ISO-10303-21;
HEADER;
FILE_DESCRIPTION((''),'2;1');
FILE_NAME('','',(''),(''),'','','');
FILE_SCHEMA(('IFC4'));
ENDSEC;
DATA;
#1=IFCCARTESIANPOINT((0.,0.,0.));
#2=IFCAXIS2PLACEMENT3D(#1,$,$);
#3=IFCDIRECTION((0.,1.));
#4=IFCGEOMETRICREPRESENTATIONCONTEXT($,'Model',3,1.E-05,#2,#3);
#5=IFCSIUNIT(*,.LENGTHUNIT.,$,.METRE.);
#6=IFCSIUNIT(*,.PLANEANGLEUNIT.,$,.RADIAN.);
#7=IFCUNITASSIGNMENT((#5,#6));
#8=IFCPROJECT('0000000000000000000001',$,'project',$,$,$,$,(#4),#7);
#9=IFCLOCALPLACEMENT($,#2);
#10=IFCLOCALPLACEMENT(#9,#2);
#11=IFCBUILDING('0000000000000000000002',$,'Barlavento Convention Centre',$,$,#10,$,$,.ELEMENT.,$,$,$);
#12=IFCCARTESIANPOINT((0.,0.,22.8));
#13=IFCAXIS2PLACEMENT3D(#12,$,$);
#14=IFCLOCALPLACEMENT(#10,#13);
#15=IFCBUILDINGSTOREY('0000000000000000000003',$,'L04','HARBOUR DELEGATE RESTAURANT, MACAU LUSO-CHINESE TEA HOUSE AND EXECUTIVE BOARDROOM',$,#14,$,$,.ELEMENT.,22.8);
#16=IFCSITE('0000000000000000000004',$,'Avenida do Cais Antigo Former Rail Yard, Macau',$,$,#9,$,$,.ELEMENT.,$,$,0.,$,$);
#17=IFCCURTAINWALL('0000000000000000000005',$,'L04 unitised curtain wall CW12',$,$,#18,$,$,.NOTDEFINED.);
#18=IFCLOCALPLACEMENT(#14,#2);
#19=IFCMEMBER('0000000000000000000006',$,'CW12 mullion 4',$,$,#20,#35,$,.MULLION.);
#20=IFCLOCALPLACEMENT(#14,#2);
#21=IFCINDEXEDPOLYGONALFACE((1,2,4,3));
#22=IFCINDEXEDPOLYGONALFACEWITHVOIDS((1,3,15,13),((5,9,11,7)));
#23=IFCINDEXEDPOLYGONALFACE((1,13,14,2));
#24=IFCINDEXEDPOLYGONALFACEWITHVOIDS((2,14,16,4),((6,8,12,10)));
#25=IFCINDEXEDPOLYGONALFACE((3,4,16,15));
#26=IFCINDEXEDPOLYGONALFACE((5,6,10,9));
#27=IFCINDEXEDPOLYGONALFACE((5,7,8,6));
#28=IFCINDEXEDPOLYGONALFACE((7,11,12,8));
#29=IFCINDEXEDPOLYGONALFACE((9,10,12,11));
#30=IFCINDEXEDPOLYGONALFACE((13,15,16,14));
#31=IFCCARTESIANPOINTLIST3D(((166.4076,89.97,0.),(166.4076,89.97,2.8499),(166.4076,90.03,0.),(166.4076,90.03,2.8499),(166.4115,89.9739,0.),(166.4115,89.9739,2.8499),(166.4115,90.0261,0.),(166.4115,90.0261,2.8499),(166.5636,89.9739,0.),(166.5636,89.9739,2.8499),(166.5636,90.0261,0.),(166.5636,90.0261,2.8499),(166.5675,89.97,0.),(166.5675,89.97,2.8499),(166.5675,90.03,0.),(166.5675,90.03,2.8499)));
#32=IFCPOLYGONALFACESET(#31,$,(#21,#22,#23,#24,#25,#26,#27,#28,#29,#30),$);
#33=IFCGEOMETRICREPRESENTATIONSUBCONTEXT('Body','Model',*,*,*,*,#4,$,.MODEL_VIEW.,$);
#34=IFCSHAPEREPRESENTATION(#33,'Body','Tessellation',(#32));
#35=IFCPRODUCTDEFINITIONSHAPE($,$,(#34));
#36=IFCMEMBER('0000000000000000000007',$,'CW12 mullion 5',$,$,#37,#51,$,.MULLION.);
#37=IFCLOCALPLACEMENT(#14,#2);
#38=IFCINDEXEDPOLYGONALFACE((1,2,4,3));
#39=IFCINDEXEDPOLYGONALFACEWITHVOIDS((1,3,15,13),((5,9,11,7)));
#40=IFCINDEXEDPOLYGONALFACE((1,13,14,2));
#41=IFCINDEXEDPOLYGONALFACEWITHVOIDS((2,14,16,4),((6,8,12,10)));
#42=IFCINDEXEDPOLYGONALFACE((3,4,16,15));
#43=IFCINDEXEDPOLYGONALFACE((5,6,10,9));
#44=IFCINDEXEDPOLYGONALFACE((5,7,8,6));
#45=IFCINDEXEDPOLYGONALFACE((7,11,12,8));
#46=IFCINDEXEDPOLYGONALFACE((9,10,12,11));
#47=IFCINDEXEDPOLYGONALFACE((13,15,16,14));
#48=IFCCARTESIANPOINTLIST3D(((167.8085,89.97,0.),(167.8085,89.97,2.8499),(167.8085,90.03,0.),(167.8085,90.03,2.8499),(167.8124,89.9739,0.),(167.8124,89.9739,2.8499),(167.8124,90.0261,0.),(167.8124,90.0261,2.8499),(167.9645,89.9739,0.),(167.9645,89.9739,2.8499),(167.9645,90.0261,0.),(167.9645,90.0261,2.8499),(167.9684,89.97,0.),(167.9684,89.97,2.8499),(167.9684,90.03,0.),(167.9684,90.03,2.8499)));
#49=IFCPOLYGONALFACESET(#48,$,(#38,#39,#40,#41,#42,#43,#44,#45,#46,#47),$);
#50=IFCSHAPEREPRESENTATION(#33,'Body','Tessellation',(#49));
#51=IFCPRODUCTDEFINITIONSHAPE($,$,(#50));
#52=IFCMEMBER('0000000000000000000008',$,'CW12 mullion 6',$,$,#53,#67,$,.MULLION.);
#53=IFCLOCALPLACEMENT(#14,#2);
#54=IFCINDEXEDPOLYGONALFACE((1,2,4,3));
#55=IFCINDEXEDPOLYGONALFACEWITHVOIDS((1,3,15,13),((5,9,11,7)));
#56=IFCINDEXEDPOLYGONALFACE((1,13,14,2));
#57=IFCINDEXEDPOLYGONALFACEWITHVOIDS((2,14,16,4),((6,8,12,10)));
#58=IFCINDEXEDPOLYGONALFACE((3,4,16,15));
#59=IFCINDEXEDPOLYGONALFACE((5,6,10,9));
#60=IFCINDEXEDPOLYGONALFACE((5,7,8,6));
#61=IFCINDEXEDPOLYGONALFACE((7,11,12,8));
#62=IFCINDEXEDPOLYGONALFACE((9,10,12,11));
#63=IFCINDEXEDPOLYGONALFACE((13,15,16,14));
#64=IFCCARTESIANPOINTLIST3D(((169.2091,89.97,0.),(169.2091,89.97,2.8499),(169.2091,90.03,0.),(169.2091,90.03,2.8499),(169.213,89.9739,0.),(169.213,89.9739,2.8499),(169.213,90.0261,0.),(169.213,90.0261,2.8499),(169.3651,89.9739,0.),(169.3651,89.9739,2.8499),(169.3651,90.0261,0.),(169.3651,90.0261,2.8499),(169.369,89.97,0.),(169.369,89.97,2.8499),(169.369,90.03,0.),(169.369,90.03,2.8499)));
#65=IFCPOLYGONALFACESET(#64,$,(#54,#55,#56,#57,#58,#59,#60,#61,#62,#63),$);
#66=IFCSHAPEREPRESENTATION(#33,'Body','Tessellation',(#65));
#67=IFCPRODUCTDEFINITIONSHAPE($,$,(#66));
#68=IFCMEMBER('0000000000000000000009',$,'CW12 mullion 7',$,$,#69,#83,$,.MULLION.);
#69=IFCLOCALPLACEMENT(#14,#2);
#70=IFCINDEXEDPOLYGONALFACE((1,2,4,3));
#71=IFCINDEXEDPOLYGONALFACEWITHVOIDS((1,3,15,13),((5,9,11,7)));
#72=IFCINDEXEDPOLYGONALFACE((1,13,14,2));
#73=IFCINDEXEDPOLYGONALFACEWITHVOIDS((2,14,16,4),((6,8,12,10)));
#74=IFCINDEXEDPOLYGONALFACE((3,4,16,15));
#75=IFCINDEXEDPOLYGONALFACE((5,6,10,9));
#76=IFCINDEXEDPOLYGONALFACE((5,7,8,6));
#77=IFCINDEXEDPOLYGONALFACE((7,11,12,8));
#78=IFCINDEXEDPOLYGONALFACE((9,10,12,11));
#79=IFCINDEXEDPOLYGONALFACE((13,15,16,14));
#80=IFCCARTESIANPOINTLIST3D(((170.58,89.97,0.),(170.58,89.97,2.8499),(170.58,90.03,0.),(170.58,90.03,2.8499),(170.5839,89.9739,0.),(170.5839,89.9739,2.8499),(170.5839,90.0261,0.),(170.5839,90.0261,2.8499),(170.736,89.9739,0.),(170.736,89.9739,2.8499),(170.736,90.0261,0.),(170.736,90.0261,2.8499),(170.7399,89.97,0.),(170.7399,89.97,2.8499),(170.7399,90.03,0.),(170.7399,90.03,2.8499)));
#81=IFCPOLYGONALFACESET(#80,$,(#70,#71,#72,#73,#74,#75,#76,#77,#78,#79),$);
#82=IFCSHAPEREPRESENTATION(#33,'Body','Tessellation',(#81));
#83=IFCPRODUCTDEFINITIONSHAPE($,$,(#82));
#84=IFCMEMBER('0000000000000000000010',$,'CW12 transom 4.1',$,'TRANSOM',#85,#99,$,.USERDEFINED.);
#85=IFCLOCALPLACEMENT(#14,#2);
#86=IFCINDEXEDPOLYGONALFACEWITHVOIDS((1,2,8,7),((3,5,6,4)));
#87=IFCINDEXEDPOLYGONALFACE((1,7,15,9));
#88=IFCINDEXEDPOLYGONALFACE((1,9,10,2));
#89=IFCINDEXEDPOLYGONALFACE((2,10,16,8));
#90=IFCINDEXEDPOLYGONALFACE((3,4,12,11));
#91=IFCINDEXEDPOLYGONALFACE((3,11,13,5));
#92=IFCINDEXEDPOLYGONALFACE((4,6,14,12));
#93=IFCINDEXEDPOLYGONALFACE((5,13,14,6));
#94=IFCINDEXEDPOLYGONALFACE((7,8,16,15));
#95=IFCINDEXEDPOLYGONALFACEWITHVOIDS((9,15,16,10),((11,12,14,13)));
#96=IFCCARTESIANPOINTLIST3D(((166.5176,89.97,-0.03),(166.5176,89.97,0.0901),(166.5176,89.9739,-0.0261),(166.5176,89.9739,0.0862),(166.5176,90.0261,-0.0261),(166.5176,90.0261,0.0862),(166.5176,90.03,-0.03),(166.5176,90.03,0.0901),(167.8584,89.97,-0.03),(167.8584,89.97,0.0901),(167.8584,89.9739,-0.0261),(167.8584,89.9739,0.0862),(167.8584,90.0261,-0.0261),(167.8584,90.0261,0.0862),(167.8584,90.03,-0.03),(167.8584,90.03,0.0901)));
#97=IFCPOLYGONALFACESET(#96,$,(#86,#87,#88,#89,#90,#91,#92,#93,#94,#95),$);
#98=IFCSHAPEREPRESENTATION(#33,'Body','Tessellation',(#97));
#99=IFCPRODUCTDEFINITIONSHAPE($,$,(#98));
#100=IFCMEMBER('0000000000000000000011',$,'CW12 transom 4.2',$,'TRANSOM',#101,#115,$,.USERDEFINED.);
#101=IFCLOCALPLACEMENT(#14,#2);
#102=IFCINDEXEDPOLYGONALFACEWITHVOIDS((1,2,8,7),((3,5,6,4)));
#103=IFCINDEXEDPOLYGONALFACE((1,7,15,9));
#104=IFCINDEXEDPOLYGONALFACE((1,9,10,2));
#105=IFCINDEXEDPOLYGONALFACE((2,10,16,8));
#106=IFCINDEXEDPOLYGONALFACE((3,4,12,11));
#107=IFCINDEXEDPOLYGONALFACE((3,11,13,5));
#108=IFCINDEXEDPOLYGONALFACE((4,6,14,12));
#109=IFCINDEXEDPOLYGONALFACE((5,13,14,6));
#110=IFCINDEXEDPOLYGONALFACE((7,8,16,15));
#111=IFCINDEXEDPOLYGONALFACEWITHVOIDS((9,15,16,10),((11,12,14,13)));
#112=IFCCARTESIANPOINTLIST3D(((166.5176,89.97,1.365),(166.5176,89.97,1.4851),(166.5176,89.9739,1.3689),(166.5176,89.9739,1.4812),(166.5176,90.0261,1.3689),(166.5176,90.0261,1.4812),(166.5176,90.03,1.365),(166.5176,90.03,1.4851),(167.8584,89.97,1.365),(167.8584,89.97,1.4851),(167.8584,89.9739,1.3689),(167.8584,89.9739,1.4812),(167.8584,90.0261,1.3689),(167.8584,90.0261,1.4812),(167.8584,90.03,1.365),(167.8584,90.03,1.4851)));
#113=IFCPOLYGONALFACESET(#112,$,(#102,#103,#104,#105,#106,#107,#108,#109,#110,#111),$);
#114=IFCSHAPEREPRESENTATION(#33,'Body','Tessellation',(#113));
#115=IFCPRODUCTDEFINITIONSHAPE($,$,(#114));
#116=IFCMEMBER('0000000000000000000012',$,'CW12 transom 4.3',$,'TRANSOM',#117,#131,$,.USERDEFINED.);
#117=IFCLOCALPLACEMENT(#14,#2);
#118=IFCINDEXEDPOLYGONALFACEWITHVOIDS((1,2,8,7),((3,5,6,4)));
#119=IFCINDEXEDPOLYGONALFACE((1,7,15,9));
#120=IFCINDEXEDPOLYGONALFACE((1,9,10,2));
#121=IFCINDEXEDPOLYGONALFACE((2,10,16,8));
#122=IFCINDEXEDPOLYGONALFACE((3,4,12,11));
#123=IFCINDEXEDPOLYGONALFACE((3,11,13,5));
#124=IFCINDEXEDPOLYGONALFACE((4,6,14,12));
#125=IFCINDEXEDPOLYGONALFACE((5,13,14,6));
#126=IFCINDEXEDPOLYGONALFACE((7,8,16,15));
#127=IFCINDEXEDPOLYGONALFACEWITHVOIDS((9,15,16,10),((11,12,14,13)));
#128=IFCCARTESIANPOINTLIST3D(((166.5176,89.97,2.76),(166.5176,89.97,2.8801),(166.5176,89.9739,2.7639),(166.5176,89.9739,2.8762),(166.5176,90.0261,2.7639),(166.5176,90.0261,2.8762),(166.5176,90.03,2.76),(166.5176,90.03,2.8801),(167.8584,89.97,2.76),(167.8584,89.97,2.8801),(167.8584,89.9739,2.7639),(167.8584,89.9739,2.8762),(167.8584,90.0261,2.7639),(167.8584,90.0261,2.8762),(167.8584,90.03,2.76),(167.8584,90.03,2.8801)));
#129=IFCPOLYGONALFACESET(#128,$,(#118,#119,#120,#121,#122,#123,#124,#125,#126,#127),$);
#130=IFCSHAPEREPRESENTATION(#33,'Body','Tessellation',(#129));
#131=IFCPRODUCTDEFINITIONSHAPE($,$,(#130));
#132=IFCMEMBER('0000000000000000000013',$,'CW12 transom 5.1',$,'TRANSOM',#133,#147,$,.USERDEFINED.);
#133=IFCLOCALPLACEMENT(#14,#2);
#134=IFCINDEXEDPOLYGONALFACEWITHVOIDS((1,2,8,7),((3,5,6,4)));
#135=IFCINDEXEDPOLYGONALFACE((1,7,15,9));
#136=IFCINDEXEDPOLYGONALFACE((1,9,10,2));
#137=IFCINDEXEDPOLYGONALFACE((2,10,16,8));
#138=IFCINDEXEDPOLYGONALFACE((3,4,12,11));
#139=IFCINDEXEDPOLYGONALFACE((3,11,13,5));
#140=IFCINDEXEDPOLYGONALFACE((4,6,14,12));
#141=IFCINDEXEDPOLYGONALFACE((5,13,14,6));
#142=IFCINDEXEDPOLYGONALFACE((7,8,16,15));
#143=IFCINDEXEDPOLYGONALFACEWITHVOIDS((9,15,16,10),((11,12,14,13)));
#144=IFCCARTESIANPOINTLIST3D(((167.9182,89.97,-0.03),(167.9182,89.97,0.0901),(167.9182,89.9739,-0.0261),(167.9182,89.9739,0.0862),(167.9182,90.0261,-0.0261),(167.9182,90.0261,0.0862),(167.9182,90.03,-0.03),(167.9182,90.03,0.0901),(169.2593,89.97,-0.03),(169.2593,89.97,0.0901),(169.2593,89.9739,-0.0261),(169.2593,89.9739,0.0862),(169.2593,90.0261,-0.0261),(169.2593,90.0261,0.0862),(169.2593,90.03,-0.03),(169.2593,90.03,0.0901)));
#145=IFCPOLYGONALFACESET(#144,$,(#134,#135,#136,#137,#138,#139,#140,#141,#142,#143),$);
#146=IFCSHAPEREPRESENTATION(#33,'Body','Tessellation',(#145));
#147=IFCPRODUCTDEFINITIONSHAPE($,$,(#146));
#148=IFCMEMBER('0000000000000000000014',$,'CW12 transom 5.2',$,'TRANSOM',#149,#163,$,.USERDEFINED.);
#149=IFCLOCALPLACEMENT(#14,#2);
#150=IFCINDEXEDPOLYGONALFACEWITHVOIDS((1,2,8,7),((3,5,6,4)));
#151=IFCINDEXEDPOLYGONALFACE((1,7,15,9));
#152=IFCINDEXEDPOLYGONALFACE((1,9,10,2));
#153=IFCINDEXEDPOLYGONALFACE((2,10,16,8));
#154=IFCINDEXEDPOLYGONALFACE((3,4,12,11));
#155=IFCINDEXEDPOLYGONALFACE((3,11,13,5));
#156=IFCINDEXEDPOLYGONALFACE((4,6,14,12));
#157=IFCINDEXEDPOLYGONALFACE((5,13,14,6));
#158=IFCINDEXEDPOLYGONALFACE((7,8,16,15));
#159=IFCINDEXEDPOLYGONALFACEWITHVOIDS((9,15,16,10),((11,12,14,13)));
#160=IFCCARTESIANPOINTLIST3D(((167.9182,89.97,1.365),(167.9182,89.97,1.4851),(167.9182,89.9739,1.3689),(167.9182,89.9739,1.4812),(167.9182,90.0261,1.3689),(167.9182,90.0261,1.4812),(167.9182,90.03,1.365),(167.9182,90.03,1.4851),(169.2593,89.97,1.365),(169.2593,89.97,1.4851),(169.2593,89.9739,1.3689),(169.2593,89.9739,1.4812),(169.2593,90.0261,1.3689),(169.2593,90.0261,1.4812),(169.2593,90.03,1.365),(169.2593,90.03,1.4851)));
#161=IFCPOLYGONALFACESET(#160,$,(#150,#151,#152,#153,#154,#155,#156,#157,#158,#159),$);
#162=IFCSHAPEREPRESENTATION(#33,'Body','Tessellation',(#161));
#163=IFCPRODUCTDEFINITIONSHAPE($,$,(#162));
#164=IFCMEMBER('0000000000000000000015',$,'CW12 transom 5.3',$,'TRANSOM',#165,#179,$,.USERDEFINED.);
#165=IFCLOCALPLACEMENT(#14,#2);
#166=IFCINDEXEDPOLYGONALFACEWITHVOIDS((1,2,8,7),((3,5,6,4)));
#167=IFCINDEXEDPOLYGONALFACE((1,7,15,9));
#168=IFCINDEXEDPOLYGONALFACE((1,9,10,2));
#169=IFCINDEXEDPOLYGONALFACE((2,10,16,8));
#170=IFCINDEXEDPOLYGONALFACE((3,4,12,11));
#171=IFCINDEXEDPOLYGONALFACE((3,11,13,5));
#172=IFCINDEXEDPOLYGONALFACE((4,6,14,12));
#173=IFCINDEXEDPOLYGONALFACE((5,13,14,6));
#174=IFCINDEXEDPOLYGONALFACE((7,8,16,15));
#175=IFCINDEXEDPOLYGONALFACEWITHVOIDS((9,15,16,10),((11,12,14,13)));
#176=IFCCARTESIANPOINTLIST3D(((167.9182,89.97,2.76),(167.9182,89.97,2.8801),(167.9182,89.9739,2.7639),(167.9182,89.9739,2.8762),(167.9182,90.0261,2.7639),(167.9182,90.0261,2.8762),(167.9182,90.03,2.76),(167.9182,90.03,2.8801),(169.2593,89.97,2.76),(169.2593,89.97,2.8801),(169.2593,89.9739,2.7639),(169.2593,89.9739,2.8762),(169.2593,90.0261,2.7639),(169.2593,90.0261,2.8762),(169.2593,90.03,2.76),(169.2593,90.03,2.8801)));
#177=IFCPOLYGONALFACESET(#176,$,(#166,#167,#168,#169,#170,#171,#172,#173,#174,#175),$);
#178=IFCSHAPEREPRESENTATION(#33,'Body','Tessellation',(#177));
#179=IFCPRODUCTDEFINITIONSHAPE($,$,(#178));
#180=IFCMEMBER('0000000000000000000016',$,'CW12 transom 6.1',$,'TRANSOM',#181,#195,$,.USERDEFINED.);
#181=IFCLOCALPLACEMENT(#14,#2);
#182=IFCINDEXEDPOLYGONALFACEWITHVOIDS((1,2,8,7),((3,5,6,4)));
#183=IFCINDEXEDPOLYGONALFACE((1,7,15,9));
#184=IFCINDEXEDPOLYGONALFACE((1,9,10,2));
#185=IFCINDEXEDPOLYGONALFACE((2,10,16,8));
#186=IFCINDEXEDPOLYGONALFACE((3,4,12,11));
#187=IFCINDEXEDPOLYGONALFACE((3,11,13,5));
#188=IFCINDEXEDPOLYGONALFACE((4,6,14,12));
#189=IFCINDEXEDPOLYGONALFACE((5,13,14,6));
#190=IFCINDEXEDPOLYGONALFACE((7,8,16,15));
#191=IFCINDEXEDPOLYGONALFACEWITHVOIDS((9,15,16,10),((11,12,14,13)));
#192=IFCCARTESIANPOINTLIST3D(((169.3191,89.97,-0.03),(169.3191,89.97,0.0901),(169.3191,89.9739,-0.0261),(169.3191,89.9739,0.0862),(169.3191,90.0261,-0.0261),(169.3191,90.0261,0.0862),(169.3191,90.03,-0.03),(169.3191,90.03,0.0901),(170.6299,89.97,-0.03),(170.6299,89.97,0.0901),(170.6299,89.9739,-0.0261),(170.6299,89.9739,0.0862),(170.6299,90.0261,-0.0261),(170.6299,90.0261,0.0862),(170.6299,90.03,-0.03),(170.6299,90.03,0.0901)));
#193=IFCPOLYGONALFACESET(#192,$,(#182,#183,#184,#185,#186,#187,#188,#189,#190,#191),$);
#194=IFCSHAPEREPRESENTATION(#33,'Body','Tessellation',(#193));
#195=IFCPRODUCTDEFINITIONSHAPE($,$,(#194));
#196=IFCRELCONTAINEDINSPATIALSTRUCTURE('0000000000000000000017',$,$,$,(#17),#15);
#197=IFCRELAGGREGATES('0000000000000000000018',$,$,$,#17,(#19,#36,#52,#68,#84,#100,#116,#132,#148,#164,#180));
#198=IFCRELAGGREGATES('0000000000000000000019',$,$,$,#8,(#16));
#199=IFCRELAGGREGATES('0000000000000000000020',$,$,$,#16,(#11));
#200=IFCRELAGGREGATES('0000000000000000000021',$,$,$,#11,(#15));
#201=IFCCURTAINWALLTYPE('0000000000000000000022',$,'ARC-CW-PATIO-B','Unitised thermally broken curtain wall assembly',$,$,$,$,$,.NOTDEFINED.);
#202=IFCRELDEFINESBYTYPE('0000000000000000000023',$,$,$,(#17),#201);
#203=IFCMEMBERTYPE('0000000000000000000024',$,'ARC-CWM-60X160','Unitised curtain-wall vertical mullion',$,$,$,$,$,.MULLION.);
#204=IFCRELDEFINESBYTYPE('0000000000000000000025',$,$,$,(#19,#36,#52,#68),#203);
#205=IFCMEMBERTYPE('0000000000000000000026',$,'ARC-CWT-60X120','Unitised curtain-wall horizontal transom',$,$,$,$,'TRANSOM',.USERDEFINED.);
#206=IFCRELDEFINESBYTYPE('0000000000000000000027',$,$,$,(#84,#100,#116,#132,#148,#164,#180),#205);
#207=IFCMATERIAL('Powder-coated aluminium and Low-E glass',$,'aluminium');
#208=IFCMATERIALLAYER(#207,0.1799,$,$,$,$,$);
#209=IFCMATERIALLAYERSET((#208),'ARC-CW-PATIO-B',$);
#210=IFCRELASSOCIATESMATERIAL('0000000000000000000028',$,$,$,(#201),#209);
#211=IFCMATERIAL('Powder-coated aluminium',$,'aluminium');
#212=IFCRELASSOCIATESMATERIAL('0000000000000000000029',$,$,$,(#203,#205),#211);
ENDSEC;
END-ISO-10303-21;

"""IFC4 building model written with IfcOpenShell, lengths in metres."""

from ifc_helpers import new_model, si_unit, direction, frame, origin, origin_2d, place, context, subcontext, project, spatial, hollow_rectangle, extrude, material, layer, layer_set, material_profile, profile_set, type_object, element, aggregate, save


model = new_model("IFC4")

# Units and contexts
model_context = context("Model", 3, precision=1e-05, world=origin(), true_north=direction((0.0, 1.0)))
body_context = subcontext(model_context, "Body", "Model", "MODEL_VIEW")
ifc_project = project(units=[si_unit("LENGTHUNIT", "METRE"), si_unit("PLANEANGLEUNIT", "RADIAN")], contexts=[model_context])

# Site, building, storey
site_placement = place(None, origin())
site = spatial("IfcSite", under=ifc_project, at=site_placement, Name="Avenida do Cais Antigo Former Rail Yard, Macau", CompositionType="ELEMENT", RefElevation=0.0)
building_placement = place(site_placement, origin())
building = spatial("IfcBuilding", under=site, at=building_placement, Name="Barlavento Convention Centre", CompositionType="ELEMENT")
storey_placement = place(building_placement, frame((0.0, 0.0, 22.8)))
storey = spatial("IfcBuildingStorey", under=building, at=storey_placement, Name="L04", Description="HARBOUR DELEGATE RESTAURANT, MACAU LUSO-CHINESE TEA HOUSE AND EXECUTIVE BOARDROOM", CompositionType="ELEMENT", Elevation=22.8)

# Curtain wall, members
ifc_material_1 = material(Name="Powder-coated aluminium and Low-E glass", Category="aluminium")
ifc_layer_1 = layer(ifc_material_1, 0.1799)
ifc_layer_set_1 = layer_set([ifc_layer_1], Name="ARC-CW-PATIO-B")
curtain_wall_type = type_object("IfcCurtainWallType", Name="ARC-CW-PATIO-B", Description="Unitised thermally broken curtain wall assembly", PredefinedType="NOTDEFINED", material=ifc_layer_set_1)
curtain_wall_placement = place(storey_placement, origin())
curtain_wall = element("IfcCurtainWall", 1, at=curtain_wall_placement, inside=storey, type_object=curtain_wall_type, Name="L04 unitised curtain wall CW12", PredefinedType="NOTDEFINED")
ifc_material_2 = material(Name="Powder-coated aluminium", Category="aluminium")
ifc_material_profile_1 = material_profile(ifc_material_2, hollow_rectangle(XDim=0.0601, YDim=0.1599, WallThickness=0.0039, at=origin_2d()), Name="AL-MULL 60x160x4")
ifc_profile_set_1 = profile_set([ifc_material_profile_1], Name="Powder-coated aluminium")
member_type_1 = type_object("IfcMemberType", Name="ARC-CWM-60X160", Description="Unitised curtain-wall vertical mullion", PredefinedType="MULLION", material=ifc_profile_set_1)
member_1_placement = place(storey_placement, frame((166.4875, 90.0, 0.0), z_axis=(0.0, 0.0, 1.0), x_axis=(0.0, 1.0, 0.0)))
member_1 = element("IfcMember", 2, at=member_1_placement, type_object=member_type_1, Name="CW12 mullion 4", PredefinedType="MULLION", context=body_context, shape_type="SweptSolid", body=[
    extrude(hollow_rectangle(XDim=0.0601, YDim=0.1599, WallThickness=0.0039, at=origin_2d()), origin(), (0.0, 0.0, 1.0), 2.8499),
])
member_2_placement = place(storey_placement, frame((167.8884, 90.0, 0.0), z_axis=(0.0, 0.0, 1.0), x_axis=(0.0, 1.0, 0.0)))
member_2 = element("IfcMember", 3, at=member_2_placement, type_object=member_type_1, Name="CW12 mullion 5", PredefinedType="MULLION", context=body_context, shape_type="SweptSolid", body=[
    extrude(hollow_rectangle(XDim=0.0601, YDim=0.1599, WallThickness=0.0039, at=origin_2d()), origin(), (0.0, 0.0, 1.0), 2.8499),
])
member_3_placement = place(storey_placement, frame((169.2891, 90.0, 0.0), z_axis=(0.0, 0.0, 1.0), x_axis=(0.0, 1.0, 0.0)))
member_3 = element("IfcMember", 4, at=member_3_placement, type_object=member_type_1, Name="CW12 mullion 6", PredefinedType="MULLION", context=body_context, shape_type="SweptSolid", body=[
    extrude(hollow_rectangle(XDim=0.0601, YDim=0.1599, WallThickness=0.0039, at=origin_2d()), origin(), (0.0, 0.0, 1.0), 2.8499),
])
member_4_placement = place(storey_placement, frame((170.6599, 90.0, 0.0), z_axis=(0.0, 0.0, 1.0), x_axis=(0.0, 1.0, 0.0)))
member_4 = element("IfcMember", 5, at=member_4_placement, type_object=member_type_1, Name="CW12 mullion 7", PredefinedType="MULLION", context=body_context, shape_type="SweptSolid", body=[
    extrude(hollow_rectangle(XDim=0.0601, YDim=0.1599, WallThickness=0.0039, at=origin_2d()), origin(), (0.0, 0.0, 1.0), 2.8499),
])
ifc_material_profile_2 = material_profile(ifc_material_2, hollow_rectangle(XDim=0.0601, YDim=0.1201, WallThickness=0.0039, at=origin_2d()), Name="AL-TRAN 60x120x4")
ifc_profile_set_2 = profile_set([ifc_material_profile_2], Name="Powder-coated aluminium")
member_type_2 = type_object("IfcMemberType", Name="ARC-CWT-60X120", Description="Unitised curtain-wall horizontal transom", ElementType="TRANSOM", PredefinedType="USERDEFINED", material=ifc_profile_set_2)
member_5_placement = place(storey_placement, frame((166.5176, 90.0, 0.03), z_axis=(1.0, 0.0, 0.0), x_axis=(0.0, 1.0, 0.0)))
member_5 = element("IfcMember", 6, at=member_5_placement, type_object=member_type_2, Name="CW12 transom 4.1", ObjectType="TRANSOM", PredefinedType="USERDEFINED", context=body_context, shape_type="SweptSolid", body=[
    extrude(hollow_rectangle(XDim=0.0601, YDim=0.1201, WallThickness=0.0039, at=origin_2d()), origin(), (0.0, 0.0, 1.0), 1.3408),
])
member_6_placement = place(storey_placement, frame((166.5176, 90.0, 1.425), z_axis=(1.0, 0.0, 0.0), x_axis=(0.0, 1.0, 0.0)))
member_6 = element("IfcMember", 7, at=member_6_placement, type_object=member_type_2, Name="CW12 transom 4.2", ObjectType="TRANSOM", PredefinedType="USERDEFINED", context=body_context, shape_type="SweptSolid", body=[
    extrude(hollow_rectangle(XDim=0.0601, YDim=0.1201, WallThickness=0.0039, at=origin_2d()), origin(), (0.0, 0.0, 1.0), 1.3408),
])
member_7_placement = place(storey_placement, frame((166.5176, 90.0, 2.8201), z_axis=(1.0, 0.0, 0.0), x_axis=(0.0, 1.0, 0.0)))
member_7 = element("IfcMember", 8, at=member_7_placement, type_object=member_type_2, Name="CW12 transom 4.3", ObjectType="TRANSOM", PredefinedType="USERDEFINED", context=body_context, shape_type="SweptSolid", body=[
    extrude(hollow_rectangle(XDim=0.0601, YDim=0.1201, WallThickness=0.0039, at=origin_2d()), origin(), (0.0, 0.0, 1.0), 1.3408),
])
member_8_placement = place(storey_placement, frame((167.9182, 90.0, 0.03), z_axis=(1.0, 0.0, 0.0), x_axis=(0.0, 1.0, 0.0)))
member_8 = element("IfcMember", 9, at=member_8_placement, type_object=member_type_2, Name="CW12 transom 5.1", ObjectType="TRANSOM", PredefinedType="USERDEFINED", context=body_context, shape_type="SweptSolid", body=[
    extrude(hollow_rectangle(XDim=0.0601, YDim=0.1201, WallThickness=0.0039, at=origin_2d()), origin(), (0.0, 0.0, 1.0), 1.3411),
])
member_9_placement = place(storey_placement, frame((167.9182, 90.0, 1.425), z_axis=(1.0, 0.0, 0.0), x_axis=(0.0, 1.0, 0.0)))
member_9 = element("IfcMember", 10, at=member_9_placement, type_object=member_type_2, Name="CW12 transom 5.2", ObjectType="TRANSOM", PredefinedType="USERDEFINED", context=body_context, shape_type="SweptSolid", body=[
    extrude(hollow_rectangle(XDim=0.0601, YDim=0.1201, WallThickness=0.0039, at=origin_2d()), origin(), (0.0, 0.0, 1.0), 1.3411),
])
member_10_placement = place(storey_placement, frame((167.9182, 90.0, 2.8201), z_axis=(1.0, 0.0, 0.0), x_axis=(0.0, 1.0, 0.0)))
member_10 = element("IfcMember", 11, at=member_10_placement, type_object=member_type_2, Name="CW12 transom 5.3", ObjectType="TRANSOM", PredefinedType="USERDEFINED", context=body_context, shape_type="SweptSolid", body=[
    extrude(hollow_rectangle(XDim=0.0601, YDim=0.1201, WallThickness=0.0039, at=origin_2d()), origin(), (0.0, 0.0, 1.0), 1.3411),
])
member_11_placement = place(storey_placement, frame((169.3191, 90.0, 0.03), z_axis=(1.0, 0.0, 0.0), x_axis=(0.0, 1.0, 0.0)))
member_11 = element("IfcMember", 12, at=member_11_placement, type_object=member_type_2, Name="CW12 transom 6.1", ObjectType="TRANSOM", PredefinedType="USERDEFINED", context=body_context, shape_type="SweptSolid", body=[
    extrude(hollow_rectangle(XDim=0.0601, YDim=0.1201, WallThickness=0.0039, at=origin_2d()), origin(), (0.0, 0.0, 1.0), 1.3108),
])

aggregate(curtain_wall, [member_1, member_2, member_3, member_4, member_5, member_6, member_7, member_8, member_9, member_10, member_11])

save(model, "model.ifc")
